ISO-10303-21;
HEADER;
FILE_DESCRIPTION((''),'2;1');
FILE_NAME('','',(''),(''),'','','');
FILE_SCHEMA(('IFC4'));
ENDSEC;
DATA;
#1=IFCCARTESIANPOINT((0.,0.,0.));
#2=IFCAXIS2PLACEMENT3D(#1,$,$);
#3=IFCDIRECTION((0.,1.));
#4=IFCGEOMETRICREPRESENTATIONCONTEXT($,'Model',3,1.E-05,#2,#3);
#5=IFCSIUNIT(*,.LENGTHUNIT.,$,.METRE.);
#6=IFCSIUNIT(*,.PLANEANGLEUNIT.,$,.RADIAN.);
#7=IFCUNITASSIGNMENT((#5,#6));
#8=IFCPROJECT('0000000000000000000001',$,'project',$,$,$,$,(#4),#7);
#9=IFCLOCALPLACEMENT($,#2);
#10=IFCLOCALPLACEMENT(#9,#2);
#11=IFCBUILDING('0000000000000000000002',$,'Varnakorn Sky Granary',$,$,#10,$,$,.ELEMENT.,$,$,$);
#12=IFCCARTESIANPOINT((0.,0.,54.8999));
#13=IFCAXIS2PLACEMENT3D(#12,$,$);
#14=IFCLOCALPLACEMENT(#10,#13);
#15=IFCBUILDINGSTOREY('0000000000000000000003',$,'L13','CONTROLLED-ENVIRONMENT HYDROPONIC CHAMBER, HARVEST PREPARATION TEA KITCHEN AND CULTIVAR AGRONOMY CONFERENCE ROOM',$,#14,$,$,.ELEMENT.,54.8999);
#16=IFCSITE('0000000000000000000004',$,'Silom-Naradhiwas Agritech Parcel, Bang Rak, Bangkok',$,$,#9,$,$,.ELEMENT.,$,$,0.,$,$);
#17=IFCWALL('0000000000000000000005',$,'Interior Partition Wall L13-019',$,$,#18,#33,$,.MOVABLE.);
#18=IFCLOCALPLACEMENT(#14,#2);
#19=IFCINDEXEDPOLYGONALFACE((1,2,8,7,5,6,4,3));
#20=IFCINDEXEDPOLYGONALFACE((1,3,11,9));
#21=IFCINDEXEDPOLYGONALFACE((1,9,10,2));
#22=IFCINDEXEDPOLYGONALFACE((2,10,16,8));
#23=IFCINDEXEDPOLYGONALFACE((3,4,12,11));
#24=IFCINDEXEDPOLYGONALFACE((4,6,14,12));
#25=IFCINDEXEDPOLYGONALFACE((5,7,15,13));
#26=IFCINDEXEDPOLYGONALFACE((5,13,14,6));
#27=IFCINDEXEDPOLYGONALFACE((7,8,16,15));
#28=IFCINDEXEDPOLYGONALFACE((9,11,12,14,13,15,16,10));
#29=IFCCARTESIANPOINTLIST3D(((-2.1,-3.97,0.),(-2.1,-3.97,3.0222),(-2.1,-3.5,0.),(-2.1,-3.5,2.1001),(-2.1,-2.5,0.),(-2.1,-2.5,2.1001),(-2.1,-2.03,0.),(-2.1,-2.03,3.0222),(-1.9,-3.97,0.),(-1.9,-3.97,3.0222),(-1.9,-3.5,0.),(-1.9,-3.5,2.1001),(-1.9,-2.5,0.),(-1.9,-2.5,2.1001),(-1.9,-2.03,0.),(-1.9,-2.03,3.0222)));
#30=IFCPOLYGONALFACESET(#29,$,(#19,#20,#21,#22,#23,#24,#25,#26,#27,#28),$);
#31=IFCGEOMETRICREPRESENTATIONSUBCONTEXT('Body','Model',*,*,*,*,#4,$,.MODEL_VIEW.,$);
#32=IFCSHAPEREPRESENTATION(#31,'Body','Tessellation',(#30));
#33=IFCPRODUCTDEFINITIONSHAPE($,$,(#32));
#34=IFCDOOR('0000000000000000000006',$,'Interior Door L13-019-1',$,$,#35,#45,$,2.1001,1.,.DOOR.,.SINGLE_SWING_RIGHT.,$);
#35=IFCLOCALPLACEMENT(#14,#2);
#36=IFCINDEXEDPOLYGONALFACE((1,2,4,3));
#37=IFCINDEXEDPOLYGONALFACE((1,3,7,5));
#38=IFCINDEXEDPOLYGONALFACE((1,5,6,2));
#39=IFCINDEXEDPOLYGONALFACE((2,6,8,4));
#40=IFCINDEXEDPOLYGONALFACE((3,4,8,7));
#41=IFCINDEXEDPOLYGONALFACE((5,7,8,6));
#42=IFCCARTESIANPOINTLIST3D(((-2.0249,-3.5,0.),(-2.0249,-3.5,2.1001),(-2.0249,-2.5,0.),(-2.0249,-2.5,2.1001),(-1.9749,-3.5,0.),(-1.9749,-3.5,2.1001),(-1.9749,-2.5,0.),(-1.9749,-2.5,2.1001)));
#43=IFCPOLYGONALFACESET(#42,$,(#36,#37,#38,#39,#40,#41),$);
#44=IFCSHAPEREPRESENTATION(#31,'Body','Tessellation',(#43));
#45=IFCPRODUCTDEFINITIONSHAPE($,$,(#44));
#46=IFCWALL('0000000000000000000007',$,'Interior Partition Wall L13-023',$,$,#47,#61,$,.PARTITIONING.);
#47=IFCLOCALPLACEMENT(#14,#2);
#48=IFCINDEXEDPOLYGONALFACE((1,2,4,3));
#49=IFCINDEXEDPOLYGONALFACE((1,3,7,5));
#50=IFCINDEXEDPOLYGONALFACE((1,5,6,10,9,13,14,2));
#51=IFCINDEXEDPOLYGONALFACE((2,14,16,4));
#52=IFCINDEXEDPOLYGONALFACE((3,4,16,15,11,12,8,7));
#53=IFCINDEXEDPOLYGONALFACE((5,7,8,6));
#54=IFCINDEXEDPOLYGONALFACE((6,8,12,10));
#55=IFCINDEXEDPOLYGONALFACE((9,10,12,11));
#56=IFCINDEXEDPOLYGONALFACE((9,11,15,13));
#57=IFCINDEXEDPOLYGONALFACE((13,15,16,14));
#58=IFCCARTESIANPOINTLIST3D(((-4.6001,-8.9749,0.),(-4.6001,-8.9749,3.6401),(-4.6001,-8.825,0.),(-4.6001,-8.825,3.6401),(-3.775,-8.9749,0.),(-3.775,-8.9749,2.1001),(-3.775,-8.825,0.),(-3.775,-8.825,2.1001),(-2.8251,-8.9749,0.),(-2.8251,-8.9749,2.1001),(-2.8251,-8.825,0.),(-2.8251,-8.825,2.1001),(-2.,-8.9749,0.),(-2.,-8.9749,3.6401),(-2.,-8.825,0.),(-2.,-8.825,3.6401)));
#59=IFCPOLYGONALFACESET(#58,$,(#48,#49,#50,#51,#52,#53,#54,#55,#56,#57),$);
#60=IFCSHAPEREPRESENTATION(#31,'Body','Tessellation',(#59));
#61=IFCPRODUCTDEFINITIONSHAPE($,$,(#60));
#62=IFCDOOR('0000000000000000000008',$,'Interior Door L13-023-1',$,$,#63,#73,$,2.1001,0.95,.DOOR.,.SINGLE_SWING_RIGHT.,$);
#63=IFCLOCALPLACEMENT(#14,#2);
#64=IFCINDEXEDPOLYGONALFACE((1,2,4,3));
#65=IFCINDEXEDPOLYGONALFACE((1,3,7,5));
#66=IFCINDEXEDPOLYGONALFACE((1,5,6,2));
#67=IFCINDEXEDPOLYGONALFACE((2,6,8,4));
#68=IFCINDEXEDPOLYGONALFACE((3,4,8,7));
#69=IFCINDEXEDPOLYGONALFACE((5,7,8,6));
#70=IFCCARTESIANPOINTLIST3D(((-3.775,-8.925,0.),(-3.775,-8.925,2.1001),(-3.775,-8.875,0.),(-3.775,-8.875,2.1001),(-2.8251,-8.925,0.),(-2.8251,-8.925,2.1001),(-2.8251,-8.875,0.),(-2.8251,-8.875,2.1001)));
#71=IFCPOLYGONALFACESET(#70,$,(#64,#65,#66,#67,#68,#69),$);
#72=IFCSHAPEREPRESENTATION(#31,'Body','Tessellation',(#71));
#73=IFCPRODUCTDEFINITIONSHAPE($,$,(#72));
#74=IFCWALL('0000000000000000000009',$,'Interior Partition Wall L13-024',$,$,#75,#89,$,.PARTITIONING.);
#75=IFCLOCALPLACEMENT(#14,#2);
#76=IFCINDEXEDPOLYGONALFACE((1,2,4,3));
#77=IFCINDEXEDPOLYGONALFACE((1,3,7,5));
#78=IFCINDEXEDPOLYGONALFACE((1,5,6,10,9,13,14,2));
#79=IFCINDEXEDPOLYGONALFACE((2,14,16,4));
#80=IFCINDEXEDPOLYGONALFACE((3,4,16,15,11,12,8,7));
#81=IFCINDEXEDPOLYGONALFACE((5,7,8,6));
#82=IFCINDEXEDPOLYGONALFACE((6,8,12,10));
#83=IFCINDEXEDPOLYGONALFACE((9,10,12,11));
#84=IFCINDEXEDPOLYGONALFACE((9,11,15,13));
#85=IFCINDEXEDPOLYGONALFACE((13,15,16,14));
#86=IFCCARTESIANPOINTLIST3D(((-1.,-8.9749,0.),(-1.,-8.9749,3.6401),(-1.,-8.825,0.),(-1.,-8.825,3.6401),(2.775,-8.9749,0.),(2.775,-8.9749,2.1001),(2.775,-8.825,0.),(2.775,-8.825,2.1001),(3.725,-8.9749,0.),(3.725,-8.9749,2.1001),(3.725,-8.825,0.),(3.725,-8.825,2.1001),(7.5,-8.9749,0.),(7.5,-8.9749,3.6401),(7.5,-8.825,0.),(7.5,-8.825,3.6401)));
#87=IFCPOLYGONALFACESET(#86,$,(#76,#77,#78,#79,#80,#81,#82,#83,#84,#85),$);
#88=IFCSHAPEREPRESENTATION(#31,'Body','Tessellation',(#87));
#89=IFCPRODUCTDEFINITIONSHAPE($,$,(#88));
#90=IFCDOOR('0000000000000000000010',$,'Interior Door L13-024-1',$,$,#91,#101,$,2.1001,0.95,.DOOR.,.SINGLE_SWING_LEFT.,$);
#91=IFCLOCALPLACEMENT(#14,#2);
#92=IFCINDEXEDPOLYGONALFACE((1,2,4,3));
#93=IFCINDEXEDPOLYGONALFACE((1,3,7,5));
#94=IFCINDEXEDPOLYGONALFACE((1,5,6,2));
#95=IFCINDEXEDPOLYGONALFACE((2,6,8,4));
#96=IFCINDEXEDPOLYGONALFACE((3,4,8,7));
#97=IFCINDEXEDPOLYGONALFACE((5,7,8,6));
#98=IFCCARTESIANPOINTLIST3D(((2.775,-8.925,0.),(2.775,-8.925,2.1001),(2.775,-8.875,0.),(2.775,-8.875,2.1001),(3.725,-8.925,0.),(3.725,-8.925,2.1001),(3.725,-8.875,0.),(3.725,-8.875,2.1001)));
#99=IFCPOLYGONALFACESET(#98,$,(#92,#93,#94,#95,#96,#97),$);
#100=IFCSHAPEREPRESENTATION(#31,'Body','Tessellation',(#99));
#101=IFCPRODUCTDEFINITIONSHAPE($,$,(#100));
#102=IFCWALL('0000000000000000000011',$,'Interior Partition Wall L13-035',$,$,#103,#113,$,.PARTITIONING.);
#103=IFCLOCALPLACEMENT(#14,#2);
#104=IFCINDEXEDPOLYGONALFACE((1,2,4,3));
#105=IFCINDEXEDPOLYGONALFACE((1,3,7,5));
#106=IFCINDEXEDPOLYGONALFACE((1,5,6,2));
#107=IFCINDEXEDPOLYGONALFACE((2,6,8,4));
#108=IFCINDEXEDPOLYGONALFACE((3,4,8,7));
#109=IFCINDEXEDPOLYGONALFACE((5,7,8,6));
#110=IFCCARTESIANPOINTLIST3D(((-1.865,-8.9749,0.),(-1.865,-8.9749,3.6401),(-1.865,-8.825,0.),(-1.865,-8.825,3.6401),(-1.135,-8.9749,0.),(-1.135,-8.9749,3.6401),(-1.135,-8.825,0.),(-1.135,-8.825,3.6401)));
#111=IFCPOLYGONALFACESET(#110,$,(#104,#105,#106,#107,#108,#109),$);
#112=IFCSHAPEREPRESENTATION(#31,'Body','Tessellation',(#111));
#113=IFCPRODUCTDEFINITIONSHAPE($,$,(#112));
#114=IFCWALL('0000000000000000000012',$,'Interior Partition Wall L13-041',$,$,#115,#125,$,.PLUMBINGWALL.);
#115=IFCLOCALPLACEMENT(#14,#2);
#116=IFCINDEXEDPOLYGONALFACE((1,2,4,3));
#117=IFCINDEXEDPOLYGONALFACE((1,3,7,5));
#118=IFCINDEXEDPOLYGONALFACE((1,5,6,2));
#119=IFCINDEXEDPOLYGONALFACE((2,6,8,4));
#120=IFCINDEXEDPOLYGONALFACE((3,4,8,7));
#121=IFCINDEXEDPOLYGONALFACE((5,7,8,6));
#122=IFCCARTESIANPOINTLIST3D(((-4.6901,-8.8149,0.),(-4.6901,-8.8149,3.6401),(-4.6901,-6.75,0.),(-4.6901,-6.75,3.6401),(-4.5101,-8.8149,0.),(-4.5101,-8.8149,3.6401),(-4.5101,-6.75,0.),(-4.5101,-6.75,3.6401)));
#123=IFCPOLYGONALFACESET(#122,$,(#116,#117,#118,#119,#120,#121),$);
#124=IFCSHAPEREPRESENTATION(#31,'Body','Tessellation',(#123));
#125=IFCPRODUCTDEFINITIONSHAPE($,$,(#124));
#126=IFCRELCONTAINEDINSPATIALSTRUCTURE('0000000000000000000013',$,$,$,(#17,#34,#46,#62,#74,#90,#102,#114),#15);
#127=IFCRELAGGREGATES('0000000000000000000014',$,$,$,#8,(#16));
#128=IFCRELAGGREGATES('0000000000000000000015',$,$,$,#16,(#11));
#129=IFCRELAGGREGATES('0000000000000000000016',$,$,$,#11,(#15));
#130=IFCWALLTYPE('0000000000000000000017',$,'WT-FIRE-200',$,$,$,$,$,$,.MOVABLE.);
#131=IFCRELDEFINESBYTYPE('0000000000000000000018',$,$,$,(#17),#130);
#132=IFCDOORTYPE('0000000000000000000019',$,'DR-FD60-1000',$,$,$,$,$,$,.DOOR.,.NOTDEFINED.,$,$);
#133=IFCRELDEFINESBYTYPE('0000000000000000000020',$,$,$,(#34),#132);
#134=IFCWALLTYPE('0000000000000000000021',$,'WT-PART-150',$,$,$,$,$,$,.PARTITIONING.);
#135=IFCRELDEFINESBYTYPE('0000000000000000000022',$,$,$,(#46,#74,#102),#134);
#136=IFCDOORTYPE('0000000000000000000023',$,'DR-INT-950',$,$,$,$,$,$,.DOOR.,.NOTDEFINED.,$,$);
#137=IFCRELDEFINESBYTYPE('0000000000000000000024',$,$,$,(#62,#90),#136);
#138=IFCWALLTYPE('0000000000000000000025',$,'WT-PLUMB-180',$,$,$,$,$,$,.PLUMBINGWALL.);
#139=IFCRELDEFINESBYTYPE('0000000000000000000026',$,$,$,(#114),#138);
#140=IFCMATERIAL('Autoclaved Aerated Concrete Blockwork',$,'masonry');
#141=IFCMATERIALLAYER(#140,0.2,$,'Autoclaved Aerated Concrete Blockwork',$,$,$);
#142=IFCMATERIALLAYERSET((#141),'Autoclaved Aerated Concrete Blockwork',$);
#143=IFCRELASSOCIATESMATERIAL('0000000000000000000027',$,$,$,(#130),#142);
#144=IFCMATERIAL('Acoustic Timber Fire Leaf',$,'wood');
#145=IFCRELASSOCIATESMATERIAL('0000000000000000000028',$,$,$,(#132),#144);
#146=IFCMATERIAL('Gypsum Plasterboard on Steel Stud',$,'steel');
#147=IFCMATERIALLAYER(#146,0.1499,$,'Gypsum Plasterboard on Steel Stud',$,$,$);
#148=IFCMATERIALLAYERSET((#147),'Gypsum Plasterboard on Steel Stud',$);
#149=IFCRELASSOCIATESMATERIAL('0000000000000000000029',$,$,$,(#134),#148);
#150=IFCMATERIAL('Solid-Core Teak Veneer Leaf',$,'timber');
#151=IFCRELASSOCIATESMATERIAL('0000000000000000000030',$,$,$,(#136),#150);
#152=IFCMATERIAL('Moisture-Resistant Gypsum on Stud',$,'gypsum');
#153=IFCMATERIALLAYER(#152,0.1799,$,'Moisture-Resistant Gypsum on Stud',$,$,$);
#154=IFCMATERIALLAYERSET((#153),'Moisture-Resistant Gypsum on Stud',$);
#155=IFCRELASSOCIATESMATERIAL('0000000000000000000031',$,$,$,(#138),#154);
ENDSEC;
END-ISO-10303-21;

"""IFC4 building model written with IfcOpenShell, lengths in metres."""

from ifc_helpers import new_model, si_unit, direction, frame, frame_2d, origin, place, context, subcontext, project, spatial, rectangle, extrude, material, layer, layer_set, type_object, element, fill, save


model = new_model("IFC4")

# Units and contexts
model_context = context("Model", 3, precision=1e-05, world=origin(), true_north=direction((0.0, 1.0)))
body_context = subcontext(model_context, "Body", "Model", "MODEL_VIEW")
ifc_project = project(units=[si_unit("LENGTHUNIT", "METRE"), si_unit("PLANEANGLEUNIT", "RADIAN")], contexts=[model_context])

# Site, building, storey
site_placement = place(None, origin())
site = spatial("IfcSite", under=ifc_project, at=site_placement, Name="Silom-Naradhiwas Agritech Parcel, Bang Rak, Bangkok", CompositionType="ELEMENT", RefElevation=0.0)
building_placement = place(site_placement, origin())
building = spatial("IfcBuilding", under=site, at=building_placement, Name="Varnakorn Sky Granary", CompositionType="ELEMENT")
storey_placement = place(building_placement, frame((0.0, 0.0, 54.8999)))
storey = spatial("IfcBuildingStorey", under=building, at=storey_placement, Name="L13", Description="CONTROLLED-ENVIRONMENT HYDROPONIC CHAMBER, HARVEST PREPARATION TEA KITCHEN AND CULTIVAR AGRONOMY CONFERENCE ROOM", CompositionType="ELEMENT", Elevation=54.8999)

# Walls, openings, doors
ifc_material_1 = material(Name="Autoclaved Aerated Concrete Blockwork", Category="masonry")
ifc_layer_1 = layer(ifc_material_1, 0.2, Name="Autoclaved Aerated Concrete Blockwork")
ifc_layer_set_1 = layer_set([ifc_layer_1], Name="Autoclaved Aerated Concrete Blockwork")
wall_type_1 = type_object("IfcWallType", Name="WT-FIRE-200", PredefinedType="MOVABLE", material=ifc_layer_set_1)
wall_1_placement = place(storey_placement, frame((-2.0, -3.97, 0.0), z_axis=(0.0, 0.0, 1.0), x_axis=(0.0, 1.0, 0.0)))
wall_1 = element("IfcWall", 1, at=wall_1_placement, inside=storey, type_object=wall_type_1, Name="Interior Partition Wall L13-019", PredefinedType="MOVABLE", context=body_context, shape_type="SweptSolid", body=[
    extrude(rectangle(XDim=1.9399, YDim=0.2, at=frame_2d((0.97, 0.0))), origin(), (0.0, 0.0, 1.0), 3.0222),
])
opening_1_placement = place(wall_1_placement, frame((0.47, 0.0, 0.0)))
opening_1 = element("IfcOpeningElement", 2, at=opening_1_placement, cuts=wall_1, PredefinedType="OPENING", context=body_context, shape_type="SweptSolid", body=[
    extrude(rectangle(XDim=1.0, YDim=2.1001, at=frame_2d((0.5, 1.05))), frame((0.0, 0.1099, 0.0), z_axis=(0.0, -1.0, 0.0), x_axis=(1.0, 0.0, 0.0)), (0.0, 0.0, 1.0), 0.22),
])
ifc_material_2 = material(Name="Acoustic Timber Fire Leaf", Category="wood")
door_type_1 = type_object("IfcDoorType", Name="DR-FD60-1000", OperationType="NOTDEFINED", PredefinedType="DOOR", material=ifc_material_2)
door_1_placement = place(opening_1_placement, origin())
door_1 = element("IfcDoor", 3, at=door_1_placement, inside=storey, type_object=door_type_1, Name="Interior Door L13-019-1", OperationType="SINGLE_SWING_RIGHT", OverallHeight=2.1001, OverallWidth=1.0, PredefinedType="DOOR", context=body_context, shape_type="SweptSolid", body=[
    extrude(rectangle(XDim=1.0, YDim=2.1001, at=frame_2d((0.5, 1.05))), frame((0.0, 0.0249, 0.0), z_axis=(0.0, -1.0, 0.0), x_axis=(1.0, 0.0, 0.0)), (0.0, 0.0, 1.0), 0.05),
])
fill(opening_1, door_1)
ifc_material_3 = material(Name="Gypsum Plasterboard on Steel Stud", Category="steel")
ifc_layer_2 = layer(ifc_material_3, 0.1499, Name="Gypsum Plasterboard on Steel Stud")
ifc_layer_set_2 = layer_set([ifc_layer_2], Name="Gypsum Plasterboard on Steel Stud")
wall_type_2 = type_object("IfcWallType", Name="WT-PART-150", PredefinedType="PARTITIONING", material=ifc_layer_set_2)
wall_2_placement = place(storey_placement, frame((-4.6001, -8.8999, 0.0), z_axis=(0.0, 0.0, 1.0), x_axis=(1.0, 0.0, 0.0)))
wall_2 = element("IfcWall", 4, at=wall_2_placement, inside=storey, type_object=wall_type_2, Name="Interior Partition Wall L13-023", PredefinedType="PARTITIONING", context=body_context, shape_type="SweptSolid", body=[
    extrude(rectangle(XDim=2.6001, YDim=0.1499, at=frame_2d((1.3, 0.0))), origin(), (0.0, 0.0, 1.0), 3.6401),
])
opening_2_placement = place(wall_2_placement, frame((0.825, 0.0, 0.0)))
opening_2 = element("IfcOpeningElement", 5, at=opening_2_placement, cuts=wall_2, PredefinedType="OPENING", context=body_context, shape_type="SweptSolid", body=[
    extrude(rectangle(XDim=0.95, YDim=2.1001, at=frame_2d((0.4751, 1.05))), frame((0.0, 0.085, 0.0), z_axis=(0.0, -1.0, 0.0), x_axis=(1.0, 0.0, 0.0)), (0.0, 0.0, 1.0), 0.1699),
])
ifc_material_4 = material(Name="Solid-Core Teak Veneer Leaf", Category="timber")
door_type_2 = type_object("IfcDoorType", Name="DR-INT-950", OperationType="NOTDEFINED", PredefinedType="DOOR", material=ifc_material_4)
door_2_placement = place(opening_2_placement, origin())
door_2 = element("IfcDoor", 6, at=door_2_placement, inside=storey, type_object=door_type_2, Name="Interior Door L13-023-1", OperationType="SINGLE_SWING_RIGHT", OverallHeight=2.1001, OverallWidth=0.95, PredefinedType="DOOR", context=body_context, shape_type="SweptSolid", body=[
    extrude(rectangle(XDim=0.95, YDim=2.1001, at=frame_2d((0.4751, 1.05))), frame((0.0, 0.0249, 0.0), z_axis=(0.0, -1.0, 0.0), x_axis=(1.0, 0.0, 0.0)), (0.0, 0.0, 1.0), 0.05),
])
fill(opening_2, door_2)
wall_3_placement = place(storey_placement, frame((-1.0, -8.8999, 0.0), z_axis=(0.0, 0.0, 1.0), x_axis=(1.0, 0.0, 0.0)))
wall_3 = element("IfcWall", 7, at=wall_3_placement, inside=storey, type_object=wall_type_2, Name="Interior Partition Wall L13-024", PredefinedType="PARTITIONING", context=body_context, shape_type="SweptSolid", body=[
    extrude(rectangle(XDim=8.5, YDim=0.1499, at=frame_2d((4.25, 0.0))), origin(), (0.0, 0.0, 1.0), 3.6401),
])
opening_3_placement = place(wall_3_placement, frame((3.7749, 0.0, 0.0)))
opening_3 = element("IfcOpeningElement", 8, at=opening_3_placement, cuts=wall_3, PredefinedType="OPENING", context=body_context, shape_type="SweptSolid", body=[
    extrude(rectangle(XDim=0.95, YDim=2.1001, at=frame_2d((0.4751, 1.05))), frame((0.0, 0.085, 0.0), z_axis=(0.0, -1.0, 0.0), x_axis=(1.0, 0.0, 0.0)), (0.0, 0.0, 1.0), 0.1699),
])
door_3_placement = place(opening_3_placement, origin())
door_3 = element("IfcDoor", 9, at=door_3_placement, inside=storey, type_object=door_type_2, Name="Interior Door L13-024-1", OperationType="SINGLE_SWING_LEFT", OverallHeight=2.1001, OverallWidth=0.95, PredefinedType="DOOR", context=body_context, shape_type="SweptSolid", body=[
    extrude(rectangle(XDim=0.95, YDim=2.1001, at=frame_2d((0.4751, 1.05))), frame((0.0, 0.0249, 0.0), z_axis=(0.0, -1.0, 0.0), x_axis=(1.0, 0.0, 0.0)), (0.0, 0.0, 1.0), 0.05),
])
fill(opening_3, door_3)

# Walls
wall_4_placement = place(storey_placement, frame((-1.865, -8.8999, 0.0), z_axis=(0.0, 0.0, 1.0), x_axis=(1.0, 0.0, 0.0)))
element("IfcWall", 10, at=wall_4_placement, inside=storey, type_object=wall_type_2, Name="Interior Partition Wall L13-035", PredefinedType="PARTITIONING", context=body_context, shape_type="SweptSolid", body=[
    extrude(rectangle(XDim=0.73, YDim=0.1499, at=frame_2d((0.365, 0.0))), origin(), (0.0, 0.0, 1.0), 3.6401),
])
ifc_material_5 = material(Name="Moisture-Resistant Gypsum on Stud", Category="gypsum")
ifc_layer_3 = layer(ifc_material_5, 0.1799, Name="Moisture-Resistant Gypsum on Stud")
ifc_layer_set_3 = layer_set([ifc_layer_3], Name="Moisture-Resistant Gypsum on Stud")
wall_type_3 = type_object("IfcWallType", Name="WT-PLUMB-180", PredefinedType="PLUMBINGWALL", material=ifc_layer_set_3)
wall_5_placement = place(storey_placement, frame((-4.6001, -6.75, 0.0), z_axis=(0.0, 0.0, 1.0), x_axis=(0.0, -1.0, 0.0)))
element("IfcWall", 11, at=wall_5_placement, inside=storey, type_object=wall_type_3, Name="Interior Partition Wall L13-041", PredefinedType="PLUMBINGWALL", context=body_context, shape_type="SweptSolid", body=[
    extrude(rectangle(XDim=2.0649, YDim=0.1799, at=frame_2d((1.0325, 0.0))), origin(), (0.0, 0.0, 1.0), 3.6401),
])

save(model, "model.ifc")
